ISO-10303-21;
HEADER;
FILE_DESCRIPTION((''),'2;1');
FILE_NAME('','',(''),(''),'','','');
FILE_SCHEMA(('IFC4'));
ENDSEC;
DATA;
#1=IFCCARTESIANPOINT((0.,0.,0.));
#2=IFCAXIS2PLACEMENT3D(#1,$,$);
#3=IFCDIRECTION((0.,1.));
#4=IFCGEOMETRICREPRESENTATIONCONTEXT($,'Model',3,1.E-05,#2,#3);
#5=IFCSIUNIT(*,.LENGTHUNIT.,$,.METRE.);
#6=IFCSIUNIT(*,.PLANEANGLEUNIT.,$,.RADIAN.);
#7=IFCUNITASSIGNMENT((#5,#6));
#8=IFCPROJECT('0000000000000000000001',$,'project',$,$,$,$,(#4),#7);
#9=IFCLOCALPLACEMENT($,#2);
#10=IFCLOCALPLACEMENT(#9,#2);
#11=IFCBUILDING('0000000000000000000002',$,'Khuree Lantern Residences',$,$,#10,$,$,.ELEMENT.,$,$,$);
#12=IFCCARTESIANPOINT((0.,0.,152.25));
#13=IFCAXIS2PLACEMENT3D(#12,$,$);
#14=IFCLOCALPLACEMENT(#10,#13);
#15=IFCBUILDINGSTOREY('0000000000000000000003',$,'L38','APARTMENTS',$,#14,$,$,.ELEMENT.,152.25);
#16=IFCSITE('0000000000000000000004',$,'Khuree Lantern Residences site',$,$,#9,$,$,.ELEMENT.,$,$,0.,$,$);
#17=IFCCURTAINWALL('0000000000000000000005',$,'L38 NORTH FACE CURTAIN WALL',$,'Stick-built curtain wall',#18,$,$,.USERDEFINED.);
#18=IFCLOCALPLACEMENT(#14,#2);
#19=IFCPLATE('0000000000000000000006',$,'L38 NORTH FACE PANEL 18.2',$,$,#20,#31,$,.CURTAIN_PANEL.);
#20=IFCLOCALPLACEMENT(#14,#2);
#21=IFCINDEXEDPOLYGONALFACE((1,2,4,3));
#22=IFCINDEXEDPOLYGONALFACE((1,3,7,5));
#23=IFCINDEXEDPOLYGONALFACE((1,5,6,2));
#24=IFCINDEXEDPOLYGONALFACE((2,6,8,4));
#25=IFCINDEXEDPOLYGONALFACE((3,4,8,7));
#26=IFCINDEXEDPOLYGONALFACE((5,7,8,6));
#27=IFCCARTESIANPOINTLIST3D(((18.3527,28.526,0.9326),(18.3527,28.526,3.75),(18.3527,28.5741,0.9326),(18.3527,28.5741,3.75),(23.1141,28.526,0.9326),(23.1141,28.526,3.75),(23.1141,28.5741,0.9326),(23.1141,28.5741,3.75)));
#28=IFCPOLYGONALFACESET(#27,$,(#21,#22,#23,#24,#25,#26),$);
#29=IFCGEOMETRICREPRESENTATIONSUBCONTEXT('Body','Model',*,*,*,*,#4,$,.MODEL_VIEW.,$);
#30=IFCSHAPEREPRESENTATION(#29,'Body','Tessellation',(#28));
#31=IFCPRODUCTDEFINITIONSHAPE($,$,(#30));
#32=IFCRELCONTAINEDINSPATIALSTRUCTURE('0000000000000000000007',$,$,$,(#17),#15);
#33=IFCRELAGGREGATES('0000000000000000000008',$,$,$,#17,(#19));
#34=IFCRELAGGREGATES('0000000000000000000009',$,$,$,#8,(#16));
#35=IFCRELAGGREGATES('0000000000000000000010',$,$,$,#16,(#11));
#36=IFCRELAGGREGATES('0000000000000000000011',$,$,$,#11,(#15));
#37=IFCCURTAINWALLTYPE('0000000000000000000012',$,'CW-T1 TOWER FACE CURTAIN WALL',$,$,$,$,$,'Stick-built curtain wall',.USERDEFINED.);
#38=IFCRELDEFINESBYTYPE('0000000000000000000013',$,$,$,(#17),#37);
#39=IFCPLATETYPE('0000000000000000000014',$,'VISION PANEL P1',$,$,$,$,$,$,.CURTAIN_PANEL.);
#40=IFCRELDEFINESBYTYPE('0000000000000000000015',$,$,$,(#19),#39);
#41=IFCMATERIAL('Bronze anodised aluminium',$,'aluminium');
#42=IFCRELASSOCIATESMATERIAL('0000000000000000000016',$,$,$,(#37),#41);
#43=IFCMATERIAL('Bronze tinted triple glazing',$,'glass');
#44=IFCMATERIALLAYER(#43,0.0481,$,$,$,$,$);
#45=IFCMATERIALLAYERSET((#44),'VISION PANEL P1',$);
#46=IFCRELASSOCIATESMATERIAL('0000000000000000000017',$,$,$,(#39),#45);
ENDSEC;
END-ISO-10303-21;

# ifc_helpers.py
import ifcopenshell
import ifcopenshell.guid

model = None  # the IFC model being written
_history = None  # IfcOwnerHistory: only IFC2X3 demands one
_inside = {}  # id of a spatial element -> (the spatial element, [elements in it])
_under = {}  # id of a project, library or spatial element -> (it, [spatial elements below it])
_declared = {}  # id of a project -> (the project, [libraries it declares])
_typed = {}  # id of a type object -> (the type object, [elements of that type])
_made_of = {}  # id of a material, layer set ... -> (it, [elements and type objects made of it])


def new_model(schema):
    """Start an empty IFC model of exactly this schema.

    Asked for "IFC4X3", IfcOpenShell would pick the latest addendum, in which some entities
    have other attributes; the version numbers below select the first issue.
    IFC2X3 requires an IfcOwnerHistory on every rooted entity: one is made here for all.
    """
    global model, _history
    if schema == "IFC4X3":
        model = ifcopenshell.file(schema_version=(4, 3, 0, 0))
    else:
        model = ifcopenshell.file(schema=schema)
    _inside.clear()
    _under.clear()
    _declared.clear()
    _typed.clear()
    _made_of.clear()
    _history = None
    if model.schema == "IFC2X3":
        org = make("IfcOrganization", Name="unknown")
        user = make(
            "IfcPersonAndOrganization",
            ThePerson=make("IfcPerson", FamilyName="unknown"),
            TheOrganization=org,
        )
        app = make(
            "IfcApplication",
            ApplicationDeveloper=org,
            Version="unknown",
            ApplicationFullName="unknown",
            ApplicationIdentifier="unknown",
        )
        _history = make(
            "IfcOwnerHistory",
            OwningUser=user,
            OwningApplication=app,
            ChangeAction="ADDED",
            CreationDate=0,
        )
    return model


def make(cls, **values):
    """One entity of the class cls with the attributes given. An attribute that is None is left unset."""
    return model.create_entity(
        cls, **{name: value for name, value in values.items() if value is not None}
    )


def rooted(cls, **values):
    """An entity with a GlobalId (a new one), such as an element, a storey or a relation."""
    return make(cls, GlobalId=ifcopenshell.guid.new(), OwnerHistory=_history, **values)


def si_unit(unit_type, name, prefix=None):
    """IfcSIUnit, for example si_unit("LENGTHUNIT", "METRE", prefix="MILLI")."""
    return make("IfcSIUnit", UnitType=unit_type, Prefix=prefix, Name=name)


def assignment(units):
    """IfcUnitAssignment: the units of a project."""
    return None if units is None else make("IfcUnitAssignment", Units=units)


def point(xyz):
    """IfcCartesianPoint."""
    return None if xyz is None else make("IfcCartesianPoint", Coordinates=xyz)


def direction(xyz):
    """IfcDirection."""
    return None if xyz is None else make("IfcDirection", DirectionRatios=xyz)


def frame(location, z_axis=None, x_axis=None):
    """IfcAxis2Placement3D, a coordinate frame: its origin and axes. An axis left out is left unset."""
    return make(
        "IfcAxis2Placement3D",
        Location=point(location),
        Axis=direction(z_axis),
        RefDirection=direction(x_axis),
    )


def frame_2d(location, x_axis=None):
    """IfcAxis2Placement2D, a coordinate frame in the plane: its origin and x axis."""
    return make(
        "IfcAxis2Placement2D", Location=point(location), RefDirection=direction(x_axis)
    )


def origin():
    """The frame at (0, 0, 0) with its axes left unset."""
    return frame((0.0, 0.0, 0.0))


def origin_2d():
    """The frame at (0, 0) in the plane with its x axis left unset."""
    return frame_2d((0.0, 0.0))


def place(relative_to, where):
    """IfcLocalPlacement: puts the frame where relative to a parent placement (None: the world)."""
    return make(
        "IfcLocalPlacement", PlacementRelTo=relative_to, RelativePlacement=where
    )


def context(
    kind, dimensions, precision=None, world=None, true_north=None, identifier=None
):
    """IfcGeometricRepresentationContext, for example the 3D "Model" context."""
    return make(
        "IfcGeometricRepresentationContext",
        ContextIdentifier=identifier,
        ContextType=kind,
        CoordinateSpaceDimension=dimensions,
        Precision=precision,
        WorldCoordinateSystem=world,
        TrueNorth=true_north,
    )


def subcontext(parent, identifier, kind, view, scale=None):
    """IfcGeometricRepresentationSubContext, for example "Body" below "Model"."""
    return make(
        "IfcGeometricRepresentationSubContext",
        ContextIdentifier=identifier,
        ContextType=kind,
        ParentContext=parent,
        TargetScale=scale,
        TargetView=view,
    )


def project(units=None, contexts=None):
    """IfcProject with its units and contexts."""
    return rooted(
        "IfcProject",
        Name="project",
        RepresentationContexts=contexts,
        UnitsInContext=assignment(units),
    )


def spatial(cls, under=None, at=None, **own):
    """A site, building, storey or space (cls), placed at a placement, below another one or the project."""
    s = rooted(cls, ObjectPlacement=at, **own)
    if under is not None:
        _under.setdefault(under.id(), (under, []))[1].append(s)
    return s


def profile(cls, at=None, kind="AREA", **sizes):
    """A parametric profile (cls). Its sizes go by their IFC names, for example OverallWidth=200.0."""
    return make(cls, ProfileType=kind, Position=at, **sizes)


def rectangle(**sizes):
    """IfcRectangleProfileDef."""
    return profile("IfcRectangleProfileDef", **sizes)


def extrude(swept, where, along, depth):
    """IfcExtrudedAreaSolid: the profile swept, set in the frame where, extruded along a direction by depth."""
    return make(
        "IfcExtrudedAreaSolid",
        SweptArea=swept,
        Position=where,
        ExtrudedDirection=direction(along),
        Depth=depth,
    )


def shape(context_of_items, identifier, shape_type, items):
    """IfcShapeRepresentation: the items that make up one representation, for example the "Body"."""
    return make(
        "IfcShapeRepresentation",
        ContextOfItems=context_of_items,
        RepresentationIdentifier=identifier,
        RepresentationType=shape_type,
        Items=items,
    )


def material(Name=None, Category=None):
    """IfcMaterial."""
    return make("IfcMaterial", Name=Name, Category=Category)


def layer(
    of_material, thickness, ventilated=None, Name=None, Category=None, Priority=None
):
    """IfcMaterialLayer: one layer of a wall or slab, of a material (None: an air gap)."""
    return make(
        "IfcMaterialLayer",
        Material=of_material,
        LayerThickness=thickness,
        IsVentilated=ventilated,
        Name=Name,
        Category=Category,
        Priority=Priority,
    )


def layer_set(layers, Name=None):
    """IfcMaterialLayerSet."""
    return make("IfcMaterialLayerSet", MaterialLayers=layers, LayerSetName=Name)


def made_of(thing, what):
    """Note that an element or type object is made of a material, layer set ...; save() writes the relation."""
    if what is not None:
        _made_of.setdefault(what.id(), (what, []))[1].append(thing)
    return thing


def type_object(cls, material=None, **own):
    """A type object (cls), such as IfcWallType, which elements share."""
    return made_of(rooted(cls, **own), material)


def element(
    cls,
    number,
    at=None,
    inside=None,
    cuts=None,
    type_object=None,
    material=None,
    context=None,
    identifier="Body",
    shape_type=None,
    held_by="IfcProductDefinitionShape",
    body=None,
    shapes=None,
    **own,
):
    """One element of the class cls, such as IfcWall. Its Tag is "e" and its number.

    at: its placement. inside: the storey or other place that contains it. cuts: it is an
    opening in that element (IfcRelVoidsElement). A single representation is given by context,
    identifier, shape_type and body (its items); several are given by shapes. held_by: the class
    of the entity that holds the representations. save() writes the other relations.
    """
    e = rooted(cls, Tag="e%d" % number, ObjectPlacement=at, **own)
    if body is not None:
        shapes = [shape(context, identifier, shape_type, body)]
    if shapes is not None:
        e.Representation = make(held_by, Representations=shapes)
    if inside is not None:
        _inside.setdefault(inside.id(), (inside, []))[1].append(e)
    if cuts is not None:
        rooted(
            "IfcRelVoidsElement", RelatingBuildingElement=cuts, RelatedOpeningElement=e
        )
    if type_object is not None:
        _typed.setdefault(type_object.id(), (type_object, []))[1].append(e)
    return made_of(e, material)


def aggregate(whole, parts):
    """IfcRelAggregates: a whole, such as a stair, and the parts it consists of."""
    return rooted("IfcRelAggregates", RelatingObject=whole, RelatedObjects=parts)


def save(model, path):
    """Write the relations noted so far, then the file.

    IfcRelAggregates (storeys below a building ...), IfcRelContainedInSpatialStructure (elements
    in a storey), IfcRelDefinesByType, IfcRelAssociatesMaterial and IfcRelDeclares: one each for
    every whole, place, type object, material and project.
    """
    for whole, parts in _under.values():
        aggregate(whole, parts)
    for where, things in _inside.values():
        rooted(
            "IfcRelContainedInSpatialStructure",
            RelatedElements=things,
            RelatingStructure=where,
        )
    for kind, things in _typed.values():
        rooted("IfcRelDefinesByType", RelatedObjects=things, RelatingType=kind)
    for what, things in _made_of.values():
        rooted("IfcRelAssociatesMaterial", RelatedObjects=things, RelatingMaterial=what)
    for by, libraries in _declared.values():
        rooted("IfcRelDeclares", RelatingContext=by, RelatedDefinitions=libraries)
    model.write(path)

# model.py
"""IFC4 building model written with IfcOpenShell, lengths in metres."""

from ifc_helpers import new_model, si_unit, direction, frame, origin, origin_2d, place, context, subcontext, project, spatial, rectangle, extrude, material, layer, layer_set, type_object, element, aggregate, save


model = new_model("IFC4")

# Units and contexts
model_context = context("Model", 3, precision=1e-05, world=origin(), true_north=direction((0.0, 1.0)))
body_context = subcontext(model_context, "Body", "Model", "MODEL_VIEW")
ifc_project = project(units=[si_unit("LENGTHUNIT", "METRE"), si_unit("PLANEANGLEUNIT", "RADIAN")], contexts=[model_context])

# Site, building, storey
site_placement = place(None, origin())
site = spatial("IfcSite", under=ifc_project, at=site_placement, Name="Khuree Lantern Residences site", CompositionType="ELEMENT", RefElevation=0.0)
building_placement = place(site_placement, origin())
building = spatial("IfcBuilding", under=site, at=building_placement, Name="Khuree Lantern Residences", CompositionType="ELEMENT")
storey_placement = place(building_placement, frame((0.0, 0.0, 152.25)))
storey = spatial("IfcBuildingStorey", under=building, at=storey_placement, Name="L38", Description="APARTMENTS", CompositionType="ELEMENT", Elevation=152.25)

# Shared definitions
ifc_material_1 = material(Name="Bronze anodised aluminium", Category="aluminium")
curtain_wall_type_1 = type_object("IfcCurtainWallType", Name="CW-T1 TOWER FACE CURTAIN WALL", ElementType="Stick-built curtain wall", PredefinedType="USERDEFINED", material=ifc_material_1)

# Curtain wall
curtain_wall_1_placement = place(storey_placement, origin())
curtain_wall_1 = element("IfcCurtainWall", 1, at=curtain_wall_1_placement, inside=storey, type_object=curtain_wall_type_1, Name="L38 NORTH FACE CURTAIN WALL", ObjectType="Stick-built curtain wall", PredefinedType="USERDEFINED")

# Plate
ifc_material_2 = material(Name="Bronze tinted triple glazing", Category="glass")
ifc_layer_1 = layer(ifc_material_2, 0.0481)
ifc_layer_set_1 = layer_set([ifc_layer_1], Name="VISION PANEL P1")
plate_type_1 = type_object("IfcPlateType", Name="VISION PANEL P1", PredefinedType="CURTAIN_PANEL", material=ifc_layer_set_1)
plate_1_placement = place(storey_placement, frame((20.7334, 28.55, 0.9326), z_axis=(0.0, 0.0, 1.0), x_axis=(-1.0, 0.0, 0.0)))
plate_1 = element("IfcPlate", 2, at=plate_1_placement, type_object=plate_type_1, Name="L38 NORTH FACE PANEL 18.2", PredefinedType="CURTAIN_PANEL", context=body_context, shape_type="SweptSolid", body=[
    extrude(rectangle(XDim=4.7615, YDim=0.0481, at=origin_2d()), origin(), (0.0, 0.0, 1.0), 2.8174),
])
aggregate(curtain_wall_1, [plate_1])

save(model, "model.ifc")
